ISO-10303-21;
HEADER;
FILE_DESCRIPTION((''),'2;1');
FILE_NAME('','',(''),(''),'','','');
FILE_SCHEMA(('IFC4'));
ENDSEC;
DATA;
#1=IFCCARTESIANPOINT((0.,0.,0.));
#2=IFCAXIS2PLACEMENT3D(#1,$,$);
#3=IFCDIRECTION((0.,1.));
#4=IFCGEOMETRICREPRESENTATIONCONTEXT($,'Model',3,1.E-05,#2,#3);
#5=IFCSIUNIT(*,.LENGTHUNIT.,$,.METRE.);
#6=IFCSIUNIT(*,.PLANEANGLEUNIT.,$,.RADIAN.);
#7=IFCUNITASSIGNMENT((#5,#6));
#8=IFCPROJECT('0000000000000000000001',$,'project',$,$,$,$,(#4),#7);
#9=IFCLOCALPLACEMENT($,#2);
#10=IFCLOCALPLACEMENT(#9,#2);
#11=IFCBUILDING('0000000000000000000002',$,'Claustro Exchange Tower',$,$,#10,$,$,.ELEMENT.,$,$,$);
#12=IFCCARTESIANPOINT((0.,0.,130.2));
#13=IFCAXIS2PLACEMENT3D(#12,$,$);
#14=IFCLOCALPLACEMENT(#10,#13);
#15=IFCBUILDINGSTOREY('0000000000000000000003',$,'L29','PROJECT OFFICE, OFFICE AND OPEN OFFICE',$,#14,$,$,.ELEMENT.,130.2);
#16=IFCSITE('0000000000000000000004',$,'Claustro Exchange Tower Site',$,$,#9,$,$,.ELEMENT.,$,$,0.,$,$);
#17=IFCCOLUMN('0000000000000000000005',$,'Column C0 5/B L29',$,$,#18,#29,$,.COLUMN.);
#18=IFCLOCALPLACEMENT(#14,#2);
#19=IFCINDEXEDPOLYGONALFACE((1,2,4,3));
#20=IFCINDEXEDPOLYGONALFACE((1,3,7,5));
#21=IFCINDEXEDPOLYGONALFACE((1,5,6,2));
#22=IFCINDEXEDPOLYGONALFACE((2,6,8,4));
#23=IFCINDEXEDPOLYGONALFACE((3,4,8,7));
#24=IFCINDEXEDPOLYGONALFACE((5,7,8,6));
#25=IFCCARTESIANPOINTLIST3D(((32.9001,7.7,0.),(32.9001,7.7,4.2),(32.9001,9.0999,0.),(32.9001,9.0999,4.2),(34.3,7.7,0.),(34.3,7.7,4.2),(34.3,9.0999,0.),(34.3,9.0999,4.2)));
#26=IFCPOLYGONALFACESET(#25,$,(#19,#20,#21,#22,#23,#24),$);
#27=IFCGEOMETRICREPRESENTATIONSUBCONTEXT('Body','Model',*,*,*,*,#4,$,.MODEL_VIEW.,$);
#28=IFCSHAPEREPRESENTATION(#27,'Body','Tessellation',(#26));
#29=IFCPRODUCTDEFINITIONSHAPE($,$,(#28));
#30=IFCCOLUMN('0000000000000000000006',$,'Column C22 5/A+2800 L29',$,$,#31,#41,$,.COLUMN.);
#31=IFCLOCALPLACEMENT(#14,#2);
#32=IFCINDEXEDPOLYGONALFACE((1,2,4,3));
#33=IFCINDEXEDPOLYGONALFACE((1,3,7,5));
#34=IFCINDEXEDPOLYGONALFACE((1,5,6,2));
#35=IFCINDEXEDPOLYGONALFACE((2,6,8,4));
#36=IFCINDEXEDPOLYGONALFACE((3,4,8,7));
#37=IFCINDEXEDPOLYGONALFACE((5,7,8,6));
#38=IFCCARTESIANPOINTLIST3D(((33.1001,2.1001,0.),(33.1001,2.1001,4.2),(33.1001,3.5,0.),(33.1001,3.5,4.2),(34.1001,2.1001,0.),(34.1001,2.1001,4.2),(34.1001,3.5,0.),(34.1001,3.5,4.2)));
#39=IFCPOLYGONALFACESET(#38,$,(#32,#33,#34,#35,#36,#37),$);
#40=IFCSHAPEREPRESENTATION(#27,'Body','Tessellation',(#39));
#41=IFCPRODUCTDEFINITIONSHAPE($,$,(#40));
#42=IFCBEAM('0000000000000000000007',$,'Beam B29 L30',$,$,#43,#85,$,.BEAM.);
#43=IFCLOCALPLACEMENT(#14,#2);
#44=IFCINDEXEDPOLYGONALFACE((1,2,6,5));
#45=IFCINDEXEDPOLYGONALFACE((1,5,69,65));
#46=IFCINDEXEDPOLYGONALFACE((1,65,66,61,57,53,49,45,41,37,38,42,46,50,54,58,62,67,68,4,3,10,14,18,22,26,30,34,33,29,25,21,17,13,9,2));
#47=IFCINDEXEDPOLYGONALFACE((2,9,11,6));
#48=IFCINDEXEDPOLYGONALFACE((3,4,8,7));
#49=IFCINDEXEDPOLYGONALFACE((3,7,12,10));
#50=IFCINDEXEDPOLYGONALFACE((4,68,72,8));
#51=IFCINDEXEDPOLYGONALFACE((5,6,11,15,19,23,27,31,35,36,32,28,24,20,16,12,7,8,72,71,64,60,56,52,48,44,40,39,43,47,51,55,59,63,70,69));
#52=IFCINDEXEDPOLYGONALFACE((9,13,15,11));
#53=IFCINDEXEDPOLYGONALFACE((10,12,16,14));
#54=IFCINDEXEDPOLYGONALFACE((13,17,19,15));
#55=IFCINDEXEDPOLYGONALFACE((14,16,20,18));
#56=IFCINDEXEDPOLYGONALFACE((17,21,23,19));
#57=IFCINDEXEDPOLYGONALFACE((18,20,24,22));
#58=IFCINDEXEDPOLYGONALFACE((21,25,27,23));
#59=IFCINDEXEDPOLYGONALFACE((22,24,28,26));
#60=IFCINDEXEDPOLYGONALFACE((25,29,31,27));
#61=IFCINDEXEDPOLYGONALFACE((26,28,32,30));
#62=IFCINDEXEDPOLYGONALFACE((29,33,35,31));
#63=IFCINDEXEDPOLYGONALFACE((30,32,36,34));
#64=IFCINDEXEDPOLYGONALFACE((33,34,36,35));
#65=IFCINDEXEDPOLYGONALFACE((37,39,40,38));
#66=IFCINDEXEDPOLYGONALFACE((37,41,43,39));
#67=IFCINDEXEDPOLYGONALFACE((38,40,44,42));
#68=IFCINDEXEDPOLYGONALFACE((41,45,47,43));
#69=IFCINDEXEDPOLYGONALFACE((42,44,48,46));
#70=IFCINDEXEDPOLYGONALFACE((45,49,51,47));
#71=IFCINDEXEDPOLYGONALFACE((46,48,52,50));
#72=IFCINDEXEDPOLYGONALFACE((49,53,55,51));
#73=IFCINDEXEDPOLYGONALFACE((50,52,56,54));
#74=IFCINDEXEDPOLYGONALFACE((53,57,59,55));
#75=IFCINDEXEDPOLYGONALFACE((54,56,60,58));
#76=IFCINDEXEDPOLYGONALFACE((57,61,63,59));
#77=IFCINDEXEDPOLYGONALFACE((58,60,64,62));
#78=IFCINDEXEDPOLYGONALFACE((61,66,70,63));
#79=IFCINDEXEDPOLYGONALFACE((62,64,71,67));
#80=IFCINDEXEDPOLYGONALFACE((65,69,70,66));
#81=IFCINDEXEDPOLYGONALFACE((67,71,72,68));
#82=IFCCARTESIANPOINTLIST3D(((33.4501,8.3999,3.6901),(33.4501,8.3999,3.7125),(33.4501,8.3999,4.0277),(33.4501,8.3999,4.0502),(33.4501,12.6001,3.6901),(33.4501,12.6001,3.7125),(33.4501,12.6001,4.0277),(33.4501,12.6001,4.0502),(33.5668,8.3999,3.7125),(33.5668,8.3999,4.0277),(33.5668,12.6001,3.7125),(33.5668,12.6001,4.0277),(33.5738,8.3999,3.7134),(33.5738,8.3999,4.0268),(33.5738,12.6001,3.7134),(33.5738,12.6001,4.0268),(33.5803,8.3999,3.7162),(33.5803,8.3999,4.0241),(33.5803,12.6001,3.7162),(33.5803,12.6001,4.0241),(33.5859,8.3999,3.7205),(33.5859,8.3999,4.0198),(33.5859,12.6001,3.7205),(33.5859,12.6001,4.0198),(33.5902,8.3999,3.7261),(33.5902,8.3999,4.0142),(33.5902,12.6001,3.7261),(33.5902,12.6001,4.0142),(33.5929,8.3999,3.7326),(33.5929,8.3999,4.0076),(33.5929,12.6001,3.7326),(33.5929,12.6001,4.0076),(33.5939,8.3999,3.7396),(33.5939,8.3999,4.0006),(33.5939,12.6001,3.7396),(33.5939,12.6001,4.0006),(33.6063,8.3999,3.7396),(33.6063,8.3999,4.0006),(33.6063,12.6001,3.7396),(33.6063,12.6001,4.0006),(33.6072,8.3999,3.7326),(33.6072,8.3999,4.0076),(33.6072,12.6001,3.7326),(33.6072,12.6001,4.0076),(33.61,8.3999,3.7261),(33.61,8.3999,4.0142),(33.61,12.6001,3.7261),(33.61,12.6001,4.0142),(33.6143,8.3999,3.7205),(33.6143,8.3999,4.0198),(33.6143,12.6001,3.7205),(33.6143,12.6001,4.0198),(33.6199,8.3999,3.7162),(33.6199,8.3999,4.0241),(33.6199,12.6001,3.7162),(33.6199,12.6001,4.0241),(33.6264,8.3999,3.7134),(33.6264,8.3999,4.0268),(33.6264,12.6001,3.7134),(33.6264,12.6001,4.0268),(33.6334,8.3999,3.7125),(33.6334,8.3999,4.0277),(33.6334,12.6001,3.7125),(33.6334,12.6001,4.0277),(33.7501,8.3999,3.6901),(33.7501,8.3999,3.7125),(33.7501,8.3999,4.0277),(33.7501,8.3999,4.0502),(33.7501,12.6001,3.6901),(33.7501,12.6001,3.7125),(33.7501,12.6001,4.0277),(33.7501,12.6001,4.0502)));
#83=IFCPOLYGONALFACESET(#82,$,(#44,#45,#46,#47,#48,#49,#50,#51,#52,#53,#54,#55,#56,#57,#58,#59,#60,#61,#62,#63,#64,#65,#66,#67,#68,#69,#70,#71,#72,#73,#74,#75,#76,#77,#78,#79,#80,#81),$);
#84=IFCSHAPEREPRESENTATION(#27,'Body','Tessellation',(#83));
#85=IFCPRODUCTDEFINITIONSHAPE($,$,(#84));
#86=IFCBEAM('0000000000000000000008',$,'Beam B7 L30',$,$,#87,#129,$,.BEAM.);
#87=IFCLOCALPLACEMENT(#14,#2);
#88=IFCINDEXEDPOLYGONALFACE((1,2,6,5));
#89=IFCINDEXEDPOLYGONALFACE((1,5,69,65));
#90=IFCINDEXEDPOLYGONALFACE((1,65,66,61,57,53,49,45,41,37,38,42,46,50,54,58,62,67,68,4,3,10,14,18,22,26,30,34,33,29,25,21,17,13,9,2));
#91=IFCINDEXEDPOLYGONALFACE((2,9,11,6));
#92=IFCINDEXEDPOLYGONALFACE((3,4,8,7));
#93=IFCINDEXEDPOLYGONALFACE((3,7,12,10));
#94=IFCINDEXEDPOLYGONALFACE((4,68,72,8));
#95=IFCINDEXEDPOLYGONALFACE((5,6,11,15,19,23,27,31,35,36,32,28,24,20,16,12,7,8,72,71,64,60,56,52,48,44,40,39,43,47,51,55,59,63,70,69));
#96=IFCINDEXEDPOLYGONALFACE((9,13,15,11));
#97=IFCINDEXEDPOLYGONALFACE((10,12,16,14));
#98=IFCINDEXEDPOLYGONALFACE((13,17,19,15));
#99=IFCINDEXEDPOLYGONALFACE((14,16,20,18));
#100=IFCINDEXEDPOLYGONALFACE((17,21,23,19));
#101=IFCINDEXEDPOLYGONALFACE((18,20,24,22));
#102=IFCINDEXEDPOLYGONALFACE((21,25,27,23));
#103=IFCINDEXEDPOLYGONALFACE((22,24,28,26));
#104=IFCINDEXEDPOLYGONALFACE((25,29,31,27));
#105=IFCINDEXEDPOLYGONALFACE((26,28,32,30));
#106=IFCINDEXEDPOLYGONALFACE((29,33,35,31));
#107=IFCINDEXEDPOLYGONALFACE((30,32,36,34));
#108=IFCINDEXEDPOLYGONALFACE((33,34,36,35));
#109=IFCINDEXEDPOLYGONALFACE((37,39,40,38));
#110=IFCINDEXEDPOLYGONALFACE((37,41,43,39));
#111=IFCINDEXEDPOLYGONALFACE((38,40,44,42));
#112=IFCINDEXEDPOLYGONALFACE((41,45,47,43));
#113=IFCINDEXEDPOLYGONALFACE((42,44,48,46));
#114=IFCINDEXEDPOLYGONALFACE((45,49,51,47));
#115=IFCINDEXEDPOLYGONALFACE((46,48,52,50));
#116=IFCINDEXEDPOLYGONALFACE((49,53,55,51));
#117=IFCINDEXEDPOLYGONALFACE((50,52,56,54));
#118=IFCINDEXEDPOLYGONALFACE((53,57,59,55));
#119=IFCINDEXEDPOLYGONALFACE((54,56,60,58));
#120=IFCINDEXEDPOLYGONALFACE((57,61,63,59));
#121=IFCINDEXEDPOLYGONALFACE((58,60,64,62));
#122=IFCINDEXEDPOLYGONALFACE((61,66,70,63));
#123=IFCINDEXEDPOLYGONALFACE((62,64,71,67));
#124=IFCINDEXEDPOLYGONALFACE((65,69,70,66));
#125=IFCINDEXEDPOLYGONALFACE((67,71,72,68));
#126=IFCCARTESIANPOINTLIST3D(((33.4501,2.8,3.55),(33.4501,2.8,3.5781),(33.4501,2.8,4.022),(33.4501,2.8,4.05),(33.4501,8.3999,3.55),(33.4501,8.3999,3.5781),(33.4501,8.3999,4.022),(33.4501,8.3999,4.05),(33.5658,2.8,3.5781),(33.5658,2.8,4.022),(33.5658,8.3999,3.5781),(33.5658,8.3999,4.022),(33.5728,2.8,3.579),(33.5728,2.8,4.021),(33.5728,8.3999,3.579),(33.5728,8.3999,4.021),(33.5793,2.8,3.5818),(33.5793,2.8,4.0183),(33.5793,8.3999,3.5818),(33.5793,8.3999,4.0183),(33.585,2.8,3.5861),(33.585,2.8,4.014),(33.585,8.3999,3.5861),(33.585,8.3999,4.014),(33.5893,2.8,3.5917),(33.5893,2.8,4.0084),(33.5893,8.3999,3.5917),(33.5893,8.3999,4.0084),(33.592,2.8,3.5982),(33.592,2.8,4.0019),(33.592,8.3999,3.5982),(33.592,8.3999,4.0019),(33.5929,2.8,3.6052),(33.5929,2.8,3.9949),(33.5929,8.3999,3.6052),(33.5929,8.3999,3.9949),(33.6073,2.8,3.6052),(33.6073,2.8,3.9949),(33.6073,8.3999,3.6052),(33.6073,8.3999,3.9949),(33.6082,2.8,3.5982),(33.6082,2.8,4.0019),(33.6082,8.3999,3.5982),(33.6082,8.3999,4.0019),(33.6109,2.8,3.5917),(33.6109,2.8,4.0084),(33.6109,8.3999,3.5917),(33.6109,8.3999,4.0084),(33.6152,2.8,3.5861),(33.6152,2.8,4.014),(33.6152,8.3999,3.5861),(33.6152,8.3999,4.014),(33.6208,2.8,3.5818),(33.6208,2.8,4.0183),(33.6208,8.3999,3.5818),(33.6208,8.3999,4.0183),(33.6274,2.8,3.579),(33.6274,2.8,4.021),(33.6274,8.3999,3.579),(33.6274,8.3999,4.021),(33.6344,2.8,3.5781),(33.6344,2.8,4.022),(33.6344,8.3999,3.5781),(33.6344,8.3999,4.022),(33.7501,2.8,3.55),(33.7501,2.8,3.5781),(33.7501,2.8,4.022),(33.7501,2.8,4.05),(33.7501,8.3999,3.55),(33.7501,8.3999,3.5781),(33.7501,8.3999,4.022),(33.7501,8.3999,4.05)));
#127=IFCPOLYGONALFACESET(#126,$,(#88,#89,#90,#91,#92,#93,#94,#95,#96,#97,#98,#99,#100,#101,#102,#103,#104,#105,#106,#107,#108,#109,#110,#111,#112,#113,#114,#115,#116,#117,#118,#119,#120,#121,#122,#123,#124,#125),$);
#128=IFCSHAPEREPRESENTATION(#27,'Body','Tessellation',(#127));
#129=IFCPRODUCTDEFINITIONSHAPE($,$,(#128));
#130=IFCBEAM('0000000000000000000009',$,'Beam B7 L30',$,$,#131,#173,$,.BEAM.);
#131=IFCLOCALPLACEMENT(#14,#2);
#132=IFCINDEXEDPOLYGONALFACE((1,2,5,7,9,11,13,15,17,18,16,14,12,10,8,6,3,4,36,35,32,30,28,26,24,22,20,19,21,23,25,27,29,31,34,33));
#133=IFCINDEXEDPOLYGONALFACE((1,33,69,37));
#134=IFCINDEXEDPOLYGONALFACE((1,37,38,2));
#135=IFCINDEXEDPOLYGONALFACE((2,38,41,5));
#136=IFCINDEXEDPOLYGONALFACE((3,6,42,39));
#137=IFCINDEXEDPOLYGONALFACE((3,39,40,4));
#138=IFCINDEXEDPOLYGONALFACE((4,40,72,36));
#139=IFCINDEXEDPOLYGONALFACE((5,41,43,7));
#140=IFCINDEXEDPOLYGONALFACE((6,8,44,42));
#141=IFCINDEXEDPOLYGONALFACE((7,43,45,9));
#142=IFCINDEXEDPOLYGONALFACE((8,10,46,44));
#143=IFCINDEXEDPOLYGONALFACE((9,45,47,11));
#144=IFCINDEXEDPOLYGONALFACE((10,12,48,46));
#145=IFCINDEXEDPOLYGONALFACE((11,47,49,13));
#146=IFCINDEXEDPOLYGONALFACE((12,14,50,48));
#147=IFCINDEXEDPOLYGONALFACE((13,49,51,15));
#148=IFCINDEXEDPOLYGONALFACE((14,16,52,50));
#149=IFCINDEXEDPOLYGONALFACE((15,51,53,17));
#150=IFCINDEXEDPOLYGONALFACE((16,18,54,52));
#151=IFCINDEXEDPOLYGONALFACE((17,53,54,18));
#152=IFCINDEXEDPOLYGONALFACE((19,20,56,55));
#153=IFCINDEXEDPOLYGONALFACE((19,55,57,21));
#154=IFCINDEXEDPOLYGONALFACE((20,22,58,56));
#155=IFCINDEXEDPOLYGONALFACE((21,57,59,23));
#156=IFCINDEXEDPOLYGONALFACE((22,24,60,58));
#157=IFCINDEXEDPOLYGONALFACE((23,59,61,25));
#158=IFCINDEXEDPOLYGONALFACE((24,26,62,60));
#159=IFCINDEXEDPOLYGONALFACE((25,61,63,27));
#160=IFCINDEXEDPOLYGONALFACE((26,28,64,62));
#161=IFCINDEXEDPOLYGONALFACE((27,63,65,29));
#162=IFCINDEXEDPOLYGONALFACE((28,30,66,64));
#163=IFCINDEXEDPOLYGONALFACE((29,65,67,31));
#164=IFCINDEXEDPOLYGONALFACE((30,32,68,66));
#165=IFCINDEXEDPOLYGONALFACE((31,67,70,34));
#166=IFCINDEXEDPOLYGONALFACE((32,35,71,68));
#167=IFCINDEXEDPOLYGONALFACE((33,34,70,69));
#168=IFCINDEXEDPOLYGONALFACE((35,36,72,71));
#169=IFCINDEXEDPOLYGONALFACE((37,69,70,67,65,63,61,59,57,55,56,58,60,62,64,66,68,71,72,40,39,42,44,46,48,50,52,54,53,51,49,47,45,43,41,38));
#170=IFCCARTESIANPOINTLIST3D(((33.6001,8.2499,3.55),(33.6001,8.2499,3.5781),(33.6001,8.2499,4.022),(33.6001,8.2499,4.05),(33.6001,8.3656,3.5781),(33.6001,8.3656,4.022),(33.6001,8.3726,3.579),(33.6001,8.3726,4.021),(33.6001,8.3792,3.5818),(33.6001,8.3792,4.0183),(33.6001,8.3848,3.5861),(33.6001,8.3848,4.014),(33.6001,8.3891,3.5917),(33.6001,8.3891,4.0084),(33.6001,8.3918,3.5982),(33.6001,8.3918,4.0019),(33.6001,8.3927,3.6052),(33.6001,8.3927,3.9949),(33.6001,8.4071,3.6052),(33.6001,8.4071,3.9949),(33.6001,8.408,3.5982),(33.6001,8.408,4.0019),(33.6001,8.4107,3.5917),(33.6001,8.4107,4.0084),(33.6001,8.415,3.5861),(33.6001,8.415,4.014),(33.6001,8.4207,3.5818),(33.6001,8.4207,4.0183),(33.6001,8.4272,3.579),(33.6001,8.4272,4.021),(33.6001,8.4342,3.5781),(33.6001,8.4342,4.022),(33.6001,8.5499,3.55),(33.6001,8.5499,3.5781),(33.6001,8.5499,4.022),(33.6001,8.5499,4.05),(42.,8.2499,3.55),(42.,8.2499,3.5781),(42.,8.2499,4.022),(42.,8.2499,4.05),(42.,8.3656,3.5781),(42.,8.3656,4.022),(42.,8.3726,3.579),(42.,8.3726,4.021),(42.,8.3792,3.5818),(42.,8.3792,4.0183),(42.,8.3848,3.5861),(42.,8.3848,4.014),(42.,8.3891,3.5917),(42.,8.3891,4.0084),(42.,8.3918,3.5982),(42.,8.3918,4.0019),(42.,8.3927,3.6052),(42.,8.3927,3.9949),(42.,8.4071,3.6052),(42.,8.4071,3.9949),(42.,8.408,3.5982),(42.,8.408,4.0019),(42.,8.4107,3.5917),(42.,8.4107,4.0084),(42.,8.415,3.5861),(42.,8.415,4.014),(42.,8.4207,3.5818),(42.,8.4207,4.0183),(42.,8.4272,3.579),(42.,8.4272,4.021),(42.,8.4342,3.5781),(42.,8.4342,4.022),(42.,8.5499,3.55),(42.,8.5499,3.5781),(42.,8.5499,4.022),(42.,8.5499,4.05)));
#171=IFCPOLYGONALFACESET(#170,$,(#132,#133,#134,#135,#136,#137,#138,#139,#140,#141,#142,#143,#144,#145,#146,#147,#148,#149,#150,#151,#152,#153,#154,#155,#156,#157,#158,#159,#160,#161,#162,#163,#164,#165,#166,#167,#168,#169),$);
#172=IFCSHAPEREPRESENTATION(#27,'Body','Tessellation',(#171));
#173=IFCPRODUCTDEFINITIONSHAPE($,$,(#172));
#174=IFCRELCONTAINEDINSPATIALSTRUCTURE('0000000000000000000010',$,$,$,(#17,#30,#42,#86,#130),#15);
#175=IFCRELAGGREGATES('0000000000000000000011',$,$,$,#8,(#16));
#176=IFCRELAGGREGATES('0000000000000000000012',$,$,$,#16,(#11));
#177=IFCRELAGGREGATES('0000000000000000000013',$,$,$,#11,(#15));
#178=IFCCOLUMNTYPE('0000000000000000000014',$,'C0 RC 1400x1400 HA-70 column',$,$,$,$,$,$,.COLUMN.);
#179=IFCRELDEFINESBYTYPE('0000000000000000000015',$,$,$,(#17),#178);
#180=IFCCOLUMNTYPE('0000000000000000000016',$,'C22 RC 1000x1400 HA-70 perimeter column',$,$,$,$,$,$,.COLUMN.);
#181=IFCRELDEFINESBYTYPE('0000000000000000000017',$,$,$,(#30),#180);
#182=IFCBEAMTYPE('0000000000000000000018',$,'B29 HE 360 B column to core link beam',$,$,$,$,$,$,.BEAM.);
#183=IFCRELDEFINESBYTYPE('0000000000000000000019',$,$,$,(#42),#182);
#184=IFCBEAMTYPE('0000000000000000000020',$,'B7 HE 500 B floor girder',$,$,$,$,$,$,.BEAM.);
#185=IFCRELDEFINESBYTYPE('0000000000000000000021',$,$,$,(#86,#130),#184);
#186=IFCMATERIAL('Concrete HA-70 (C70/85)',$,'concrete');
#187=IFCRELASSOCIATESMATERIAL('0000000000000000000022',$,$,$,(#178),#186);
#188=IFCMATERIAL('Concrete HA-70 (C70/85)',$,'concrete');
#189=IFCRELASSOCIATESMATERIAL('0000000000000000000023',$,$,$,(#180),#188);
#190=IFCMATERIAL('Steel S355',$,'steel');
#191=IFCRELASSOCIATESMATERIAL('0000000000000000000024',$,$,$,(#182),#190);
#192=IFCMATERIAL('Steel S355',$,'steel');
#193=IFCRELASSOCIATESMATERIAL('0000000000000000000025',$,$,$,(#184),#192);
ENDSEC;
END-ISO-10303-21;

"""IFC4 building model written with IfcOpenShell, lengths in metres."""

from ifc_helpers import new_model, si_unit, direction, frame, origin, origin_2d, place, context, subcontext, project, spatial, rectangle, i_section, extrude, material, material_profile, profile_set, type_object, element, save


model = new_model("IFC4")

# Units and contexts
model_context = context("Model", 3, precision=1e-05, world=origin(), true_north=direction((0.0, 1.0)))
body_context = subcontext(model_context, "Body", "Model", "MODEL_VIEW")
ifc_project = project(units=[si_unit("LENGTHUNIT", "METRE"), si_unit("PLANEANGLEUNIT", "RADIAN")], contexts=[model_context])

# Site, building, storey
site_placement = place(None, origin())
site = spatial("IfcSite", under=ifc_project, at=site_placement, Name="Claustro Exchange Tower Site", CompositionType="ELEMENT", RefElevation=0.0)
building_placement = place(site_placement, origin())
building = spatial("IfcBuilding", under=site, at=building_placement, Name="Claustro Exchange Tower", CompositionType="ELEMENT")
storey_placement = place(building_placement, frame((0.0, 0.0, 130.2)))
storey = spatial("IfcBuildingStorey", under=building, at=storey_placement, Name="L29", Description="PROJECT OFFICE, OFFICE AND OPEN OFFICE", CompositionType="ELEMENT", Elevation=130.2)

# Columns
ifc_material_1 = material(Name="Concrete HA-70 (C70/85)", Category="concrete")
ifc_material_profile_1 = material_profile(ifc_material_1, rectangle(XDim=1.3999, YDim=1.3999, at=origin_2d()), Name="RC 1400x1400")
ifc_profile_set_1 = profile_set([ifc_material_profile_1], Name="Concrete HA-70 (C70/85)")
column_type_1 = type_object("IfcColumnType", Name="C0 RC 1400x1400 HA-70 column", PredefinedType="COLUMN", material=ifc_profile_set_1)
column_1_placement = place(storey_placement, frame((33.6001, 8.3999, 0.0), z_axis=(0.0, 0.0, 1.0), x_axis=(1.0, 0.0, 0.0)))
element("IfcColumn", 1, at=column_1_placement, inside=storey, type_object=column_type_1, Name="Column C0 5/B L29", PredefinedType="COLUMN", context=body_context, shape_type="SweptSolid", body=[
    extrude(rectangle(XDim=1.3999, YDim=1.3999, at=origin_2d()), origin(), (0.0, 0.0, 1.0), 4.2),
])
ifc_material_2 = material(Name="Concrete HA-70 (C70/85)", Category="concrete")
ifc_material_profile_2 = material_profile(ifc_material_2, rectangle(XDim=1.0, YDim=1.3999, at=origin_2d()), Name="RC 1000x1400")
ifc_profile_set_2 = profile_set([ifc_material_profile_2], Name="Concrete HA-70 (C70/85)")
column_type_2 = type_object("IfcColumnType", Name="C22 RC 1000x1400 HA-70 perimeter column", PredefinedType="COLUMN", material=ifc_profile_set_2)
column_2_placement = place(storey_placement, frame((33.6001, 2.8, 0.0), z_axis=(0.0, 0.0, 1.0), x_axis=(1.0, 0.0, 0.0)))
element("IfcColumn", 2, at=column_2_placement, inside=storey, type_object=column_type_2, Name="Column C22 5/A+2800 L29", PredefinedType="COLUMN", context=body_context, shape_type="SweptSolid", body=[
    extrude(rectangle(XDim=1.0, YDim=1.3999, at=origin_2d()), origin(), (0.0, 0.0, 1.0), 4.2),
])

# Beams
ifc_material_3 = material(Name="Steel S355", Category="steel")
ifc_material_profile_3 = material_profile(ifc_material_3, i_section(OverallWidth=0.3, OverallDepth=0.3601, WebThickness=0.0125, FlangeThickness=0.0225, FilletRadius=0.0271, at=origin_2d()), Name="HE 360 B")
ifc_profile_set_3 = profile_set([ifc_material_profile_3], Name="Steel S355")
beam_type_1 = type_object("IfcBeamType", Name="B29 HE 360 B column to core link beam", PredefinedType="BEAM", material=ifc_profile_set_3)
beam_1_placement = place(storey_placement, frame((33.6001, 8.3999, 3.8701), z_axis=(0.0, 1.0, 0.0), x_axis=(-1.0, 0.0, 0.0)))
element("IfcBeam", 3, at=beam_1_placement, inside=storey, type_object=beam_type_1, Name="Beam B29 L30", PredefinedType="BEAM", context=body_context, shape_type="SweptSolid", body=[
    extrude(i_section(OverallWidth=0.3, OverallDepth=0.3601, WebThickness=0.0125, FlangeThickness=0.0225, FilletRadius=0.0271, at=origin_2d()), origin(), (0.0, 0.0, 1.0), 4.2002),
])
ifc_material_4 = material(Name="Steel S355", Category="steel")
ifc_material_profile_4 = material_profile(ifc_material_4, i_section(OverallWidth=0.3, OverallDepth=0.5, WebThickness=0.0144, FlangeThickness=0.0281, FilletRadius=0.0271, at=origin_2d()), Name="HE 500 B")
ifc_profile_set_4 = profile_set([ifc_material_profile_4], Name="Steel S355")
beam_type_2 = type_object("IfcBeamType", Name="B7 HE 500 B floor girder", PredefinedType="BEAM", material=ifc_profile_set_4)
beam_2_placement = place(storey_placement, frame((33.6001, 2.8, 3.8), z_axis=(0.0, 1.0, 0.0), x_axis=(-1.0, 0.0, 0.0)))
element("IfcBeam", 4, at=beam_2_placement, inside=storey, type_object=beam_type_2, Name="Beam B7 L30", PredefinedType="BEAM", context=body_context, shape_type="SweptSolid", body=[
    extrude(i_section(OverallWidth=0.3, OverallDepth=0.5, WebThickness=0.0144, FlangeThickness=0.0281, FilletRadius=0.0271, at=origin_2d()), origin(), (0.0, 0.0, 1.0), 5.5999),
])
beam_3_placement = place(storey_placement, frame((33.6001, 8.3999, 3.8), z_axis=(1.0, 0.0, 0.0), x_axis=(0.0, 1.0, 0.0)))
element("IfcBeam", 5, at=beam_3_placement, inside=storey, type_object=beam_type_2, Name="Beam B7 L30", PredefinedType="BEAM", context=body_context, shape_type="SweptSolid", body=[
    extrude(i_section(OverallWidth=0.3, OverallDepth=0.5, WebThickness=0.0144, FlangeThickness=0.0281, FilletRadius=0.0271, at=origin_2d()), origin(), (0.0, 0.0, 1.0), 8.3999),
])

save(model, "model.ifc")
